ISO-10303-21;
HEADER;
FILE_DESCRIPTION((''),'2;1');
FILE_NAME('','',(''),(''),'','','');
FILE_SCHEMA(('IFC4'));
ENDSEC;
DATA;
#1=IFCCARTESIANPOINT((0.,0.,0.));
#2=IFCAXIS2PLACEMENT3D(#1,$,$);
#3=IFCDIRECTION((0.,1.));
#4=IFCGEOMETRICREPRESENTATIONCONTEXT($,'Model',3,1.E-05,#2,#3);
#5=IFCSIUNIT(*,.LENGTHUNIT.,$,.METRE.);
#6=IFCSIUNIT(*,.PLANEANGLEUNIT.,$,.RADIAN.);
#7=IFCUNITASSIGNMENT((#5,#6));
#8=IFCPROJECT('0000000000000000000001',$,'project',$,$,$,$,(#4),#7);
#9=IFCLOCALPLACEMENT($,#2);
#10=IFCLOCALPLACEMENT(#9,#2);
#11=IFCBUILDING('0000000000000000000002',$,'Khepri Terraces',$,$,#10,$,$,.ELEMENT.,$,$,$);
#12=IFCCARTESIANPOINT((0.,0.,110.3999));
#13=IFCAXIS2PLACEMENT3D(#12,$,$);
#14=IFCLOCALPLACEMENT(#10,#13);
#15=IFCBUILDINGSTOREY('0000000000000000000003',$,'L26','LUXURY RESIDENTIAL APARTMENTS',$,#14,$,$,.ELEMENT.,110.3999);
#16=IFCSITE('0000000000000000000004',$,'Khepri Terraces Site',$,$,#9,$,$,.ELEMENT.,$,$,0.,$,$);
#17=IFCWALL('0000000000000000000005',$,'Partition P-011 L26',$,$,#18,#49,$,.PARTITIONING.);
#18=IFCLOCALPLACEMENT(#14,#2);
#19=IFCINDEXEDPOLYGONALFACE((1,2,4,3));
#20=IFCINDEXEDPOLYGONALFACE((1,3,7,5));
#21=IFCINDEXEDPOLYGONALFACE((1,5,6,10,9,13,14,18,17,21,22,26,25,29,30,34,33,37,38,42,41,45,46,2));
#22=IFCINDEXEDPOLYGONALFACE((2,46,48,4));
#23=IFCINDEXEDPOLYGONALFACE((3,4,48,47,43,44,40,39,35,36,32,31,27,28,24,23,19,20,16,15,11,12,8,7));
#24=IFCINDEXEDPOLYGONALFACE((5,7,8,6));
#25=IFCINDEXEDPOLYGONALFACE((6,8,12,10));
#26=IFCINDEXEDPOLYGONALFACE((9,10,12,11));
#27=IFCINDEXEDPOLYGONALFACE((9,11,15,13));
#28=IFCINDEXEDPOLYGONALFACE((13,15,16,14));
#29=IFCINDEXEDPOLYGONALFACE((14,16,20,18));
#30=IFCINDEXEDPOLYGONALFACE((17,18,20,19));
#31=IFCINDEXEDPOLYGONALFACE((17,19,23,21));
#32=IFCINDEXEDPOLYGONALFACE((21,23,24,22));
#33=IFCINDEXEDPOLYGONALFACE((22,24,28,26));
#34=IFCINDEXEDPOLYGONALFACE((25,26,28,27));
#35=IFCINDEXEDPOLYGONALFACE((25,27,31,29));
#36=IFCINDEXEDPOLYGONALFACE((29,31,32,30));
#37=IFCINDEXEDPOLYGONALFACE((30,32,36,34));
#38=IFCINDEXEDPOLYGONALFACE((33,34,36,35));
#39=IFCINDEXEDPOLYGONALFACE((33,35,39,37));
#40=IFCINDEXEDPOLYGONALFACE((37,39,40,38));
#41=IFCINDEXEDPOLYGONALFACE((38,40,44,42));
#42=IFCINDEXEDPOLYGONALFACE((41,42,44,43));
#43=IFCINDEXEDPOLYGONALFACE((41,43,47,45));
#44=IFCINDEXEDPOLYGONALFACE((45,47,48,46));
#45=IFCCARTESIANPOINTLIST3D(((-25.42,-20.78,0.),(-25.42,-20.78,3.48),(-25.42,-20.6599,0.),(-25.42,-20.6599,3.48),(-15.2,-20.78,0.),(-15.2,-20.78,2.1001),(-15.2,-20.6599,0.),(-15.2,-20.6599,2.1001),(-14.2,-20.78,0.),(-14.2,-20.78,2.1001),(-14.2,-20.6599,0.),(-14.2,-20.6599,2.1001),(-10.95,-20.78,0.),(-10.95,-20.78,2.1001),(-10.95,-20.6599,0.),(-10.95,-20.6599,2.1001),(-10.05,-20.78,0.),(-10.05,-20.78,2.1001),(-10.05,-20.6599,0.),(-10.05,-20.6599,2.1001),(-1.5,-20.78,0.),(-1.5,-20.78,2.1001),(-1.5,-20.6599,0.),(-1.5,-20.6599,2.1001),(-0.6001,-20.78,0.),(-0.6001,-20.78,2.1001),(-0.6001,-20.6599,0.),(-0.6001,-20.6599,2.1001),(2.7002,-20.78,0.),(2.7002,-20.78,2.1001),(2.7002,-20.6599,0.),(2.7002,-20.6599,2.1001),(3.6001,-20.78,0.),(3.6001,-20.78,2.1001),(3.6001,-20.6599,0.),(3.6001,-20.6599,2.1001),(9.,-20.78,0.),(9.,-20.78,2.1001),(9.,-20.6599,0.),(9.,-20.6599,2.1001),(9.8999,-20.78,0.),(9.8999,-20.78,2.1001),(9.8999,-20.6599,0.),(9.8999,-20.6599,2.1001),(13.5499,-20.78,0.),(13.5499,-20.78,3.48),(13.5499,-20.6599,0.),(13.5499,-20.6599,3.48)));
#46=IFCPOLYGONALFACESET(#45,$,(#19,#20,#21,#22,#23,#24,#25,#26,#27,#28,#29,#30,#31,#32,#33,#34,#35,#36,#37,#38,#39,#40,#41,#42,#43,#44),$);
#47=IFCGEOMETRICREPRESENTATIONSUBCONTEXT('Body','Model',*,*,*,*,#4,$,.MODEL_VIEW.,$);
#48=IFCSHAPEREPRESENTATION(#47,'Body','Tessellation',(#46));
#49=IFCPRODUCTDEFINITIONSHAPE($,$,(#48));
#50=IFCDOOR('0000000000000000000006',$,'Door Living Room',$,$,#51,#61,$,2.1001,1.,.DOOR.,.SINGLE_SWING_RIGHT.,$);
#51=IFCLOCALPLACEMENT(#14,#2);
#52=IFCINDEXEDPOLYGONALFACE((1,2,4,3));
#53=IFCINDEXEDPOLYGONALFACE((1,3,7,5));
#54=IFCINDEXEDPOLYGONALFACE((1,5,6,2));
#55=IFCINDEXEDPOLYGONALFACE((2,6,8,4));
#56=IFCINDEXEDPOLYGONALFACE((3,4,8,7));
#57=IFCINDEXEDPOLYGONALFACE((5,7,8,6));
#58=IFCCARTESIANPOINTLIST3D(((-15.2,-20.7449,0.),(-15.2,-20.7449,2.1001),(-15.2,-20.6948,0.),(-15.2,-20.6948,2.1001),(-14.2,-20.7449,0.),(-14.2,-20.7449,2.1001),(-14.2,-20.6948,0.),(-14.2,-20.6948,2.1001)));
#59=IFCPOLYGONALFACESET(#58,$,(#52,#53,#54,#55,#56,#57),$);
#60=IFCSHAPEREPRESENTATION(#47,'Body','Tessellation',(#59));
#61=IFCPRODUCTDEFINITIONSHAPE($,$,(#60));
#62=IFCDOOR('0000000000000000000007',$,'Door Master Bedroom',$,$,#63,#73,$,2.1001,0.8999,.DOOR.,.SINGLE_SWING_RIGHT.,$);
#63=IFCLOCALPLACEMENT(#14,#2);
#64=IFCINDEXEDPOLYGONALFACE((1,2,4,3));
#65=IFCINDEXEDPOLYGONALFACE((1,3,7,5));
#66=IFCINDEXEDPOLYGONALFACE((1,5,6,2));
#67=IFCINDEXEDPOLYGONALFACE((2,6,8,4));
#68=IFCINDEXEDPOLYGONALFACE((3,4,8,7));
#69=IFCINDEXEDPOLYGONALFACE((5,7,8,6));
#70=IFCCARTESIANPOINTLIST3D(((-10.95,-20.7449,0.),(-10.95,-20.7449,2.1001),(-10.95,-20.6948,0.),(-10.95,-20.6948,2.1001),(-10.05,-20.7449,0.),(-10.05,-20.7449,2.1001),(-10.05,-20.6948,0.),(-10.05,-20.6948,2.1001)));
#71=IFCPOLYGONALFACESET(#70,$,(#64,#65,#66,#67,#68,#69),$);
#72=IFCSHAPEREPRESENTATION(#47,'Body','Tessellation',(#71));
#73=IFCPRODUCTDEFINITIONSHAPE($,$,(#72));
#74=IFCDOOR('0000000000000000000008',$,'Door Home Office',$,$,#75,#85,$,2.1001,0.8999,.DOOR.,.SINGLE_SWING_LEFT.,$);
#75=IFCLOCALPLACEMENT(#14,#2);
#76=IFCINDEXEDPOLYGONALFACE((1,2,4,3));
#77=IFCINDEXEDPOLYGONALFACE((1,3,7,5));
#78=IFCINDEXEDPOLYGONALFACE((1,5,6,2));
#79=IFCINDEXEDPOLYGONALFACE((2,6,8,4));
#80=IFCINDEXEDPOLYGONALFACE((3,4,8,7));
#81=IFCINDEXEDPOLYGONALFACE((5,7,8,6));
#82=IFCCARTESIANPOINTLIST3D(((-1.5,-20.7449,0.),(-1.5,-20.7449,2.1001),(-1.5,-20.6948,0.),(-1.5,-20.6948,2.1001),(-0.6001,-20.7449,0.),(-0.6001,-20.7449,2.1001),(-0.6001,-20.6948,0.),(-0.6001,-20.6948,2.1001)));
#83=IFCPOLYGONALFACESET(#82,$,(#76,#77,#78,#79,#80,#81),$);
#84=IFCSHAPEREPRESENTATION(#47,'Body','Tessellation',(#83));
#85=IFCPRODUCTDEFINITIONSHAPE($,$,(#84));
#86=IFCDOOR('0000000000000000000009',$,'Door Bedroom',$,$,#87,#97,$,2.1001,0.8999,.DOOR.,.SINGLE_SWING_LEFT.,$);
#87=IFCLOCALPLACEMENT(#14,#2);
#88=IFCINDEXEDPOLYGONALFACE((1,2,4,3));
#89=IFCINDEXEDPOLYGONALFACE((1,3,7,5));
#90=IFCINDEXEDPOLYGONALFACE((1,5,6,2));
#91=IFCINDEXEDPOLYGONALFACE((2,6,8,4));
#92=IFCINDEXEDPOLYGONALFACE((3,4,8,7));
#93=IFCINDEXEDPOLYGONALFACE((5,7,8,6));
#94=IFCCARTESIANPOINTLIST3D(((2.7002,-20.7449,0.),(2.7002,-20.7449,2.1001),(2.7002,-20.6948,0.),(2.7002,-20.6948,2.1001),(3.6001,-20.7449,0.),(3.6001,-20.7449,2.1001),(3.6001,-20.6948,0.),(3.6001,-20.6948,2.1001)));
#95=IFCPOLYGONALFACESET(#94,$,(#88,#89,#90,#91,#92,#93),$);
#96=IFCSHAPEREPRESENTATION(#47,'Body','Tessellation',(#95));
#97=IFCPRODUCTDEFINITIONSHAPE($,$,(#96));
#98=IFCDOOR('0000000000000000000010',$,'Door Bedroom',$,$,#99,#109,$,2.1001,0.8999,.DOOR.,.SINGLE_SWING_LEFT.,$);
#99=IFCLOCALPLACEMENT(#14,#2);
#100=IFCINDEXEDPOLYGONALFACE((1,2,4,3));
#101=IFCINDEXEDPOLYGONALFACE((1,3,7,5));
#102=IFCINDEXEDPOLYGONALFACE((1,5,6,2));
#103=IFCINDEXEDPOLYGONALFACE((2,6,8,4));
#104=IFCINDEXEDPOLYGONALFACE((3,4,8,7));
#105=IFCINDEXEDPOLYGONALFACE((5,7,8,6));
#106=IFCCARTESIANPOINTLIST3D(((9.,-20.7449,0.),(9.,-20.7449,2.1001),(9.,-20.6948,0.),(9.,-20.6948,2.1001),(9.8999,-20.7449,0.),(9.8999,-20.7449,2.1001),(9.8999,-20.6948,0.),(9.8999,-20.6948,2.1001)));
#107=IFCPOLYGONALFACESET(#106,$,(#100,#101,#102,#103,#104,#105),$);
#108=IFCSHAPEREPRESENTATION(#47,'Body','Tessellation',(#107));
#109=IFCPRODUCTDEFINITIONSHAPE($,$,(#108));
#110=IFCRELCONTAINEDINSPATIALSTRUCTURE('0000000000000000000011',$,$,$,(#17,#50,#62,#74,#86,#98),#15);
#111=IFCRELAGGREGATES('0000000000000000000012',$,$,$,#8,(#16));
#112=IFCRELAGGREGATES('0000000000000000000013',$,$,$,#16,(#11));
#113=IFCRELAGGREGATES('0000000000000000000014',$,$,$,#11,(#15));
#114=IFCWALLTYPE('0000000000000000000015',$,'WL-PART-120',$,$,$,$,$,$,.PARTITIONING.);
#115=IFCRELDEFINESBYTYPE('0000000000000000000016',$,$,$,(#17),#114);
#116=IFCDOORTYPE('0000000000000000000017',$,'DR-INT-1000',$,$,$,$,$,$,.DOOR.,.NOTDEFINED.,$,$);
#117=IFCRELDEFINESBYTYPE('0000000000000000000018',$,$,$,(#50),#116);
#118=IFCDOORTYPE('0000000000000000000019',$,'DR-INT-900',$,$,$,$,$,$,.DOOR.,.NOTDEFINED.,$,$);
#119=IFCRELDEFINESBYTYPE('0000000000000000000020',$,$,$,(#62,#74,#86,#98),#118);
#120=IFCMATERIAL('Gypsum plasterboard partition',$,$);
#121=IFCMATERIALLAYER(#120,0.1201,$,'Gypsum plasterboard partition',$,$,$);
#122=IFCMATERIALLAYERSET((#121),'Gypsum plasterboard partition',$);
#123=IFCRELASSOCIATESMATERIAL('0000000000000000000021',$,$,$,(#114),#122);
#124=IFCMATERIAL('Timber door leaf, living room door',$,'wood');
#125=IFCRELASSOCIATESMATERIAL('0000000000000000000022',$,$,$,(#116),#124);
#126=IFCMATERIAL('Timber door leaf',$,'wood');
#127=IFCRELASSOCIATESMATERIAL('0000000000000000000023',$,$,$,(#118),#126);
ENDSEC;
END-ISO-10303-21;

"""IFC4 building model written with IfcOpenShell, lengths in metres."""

from ifc_helpers import new_model, si_unit, direction, frame, frame_2d, origin, place, context, subcontext, project, spatial, rectangle, extrude, material, layer, layer_set, type_object, element, fill, save


model = new_model("IFC4")

# Units and contexts
model_context = context("Model", 3, precision=1e-05, world=origin(), true_north=direction((0.0, 1.0)))
body_context = subcontext(model_context, "Body", "Model", "MODEL_VIEW")
ifc_project = project(units=[si_unit("LENGTHUNIT", "METRE"), si_unit("PLANEANGLEUNIT", "RADIAN")], contexts=[model_context])

# Site, building, storey
site_placement = place(None, origin())
site = spatial("IfcSite", under=ifc_project, at=site_placement, Name="Khepri Terraces Site", CompositionType="ELEMENT", RefElevation=0.0)
building_placement = place(site_placement, origin())
building = spatial("IfcBuilding", under=site, at=building_placement, Name="Khepri Terraces", CompositionType="ELEMENT")
storey_placement = place(building_placement, frame((0.0, 0.0, 110.3999)))
storey = spatial("IfcBuildingStorey", under=building, at=storey_placement, Name="L26", Description="LUXURY RESIDENTIAL APARTMENTS", CompositionType="ELEMENT", Elevation=110.3999)

# Wall, openings, doors
ifc_material_1 = material(Name="Gypsum plasterboard partition")
ifc_layer_1 = layer(ifc_material_1, 0.1201, Name="Gypsum plasterboard partition")
ifc_layer_set_1 = layer_set([ifc_layer_1], Name="Gypsum plasterboard partition")
wall_type_1 = type_object("IfcWallType", Name="WL-PART-120", PredefinedType="PARTITIONING", material=ifc_layer_set_1)
wall_1_placement = place(storey_placement, frame((-25.4199, -20.72, 0.0), z_axis=(0.0, 0.0, 1.0), x_axis=(1.0, 0.0, 0.0)))
wall_1 = element("IfcWall", 1, at=wall_1_placement, inside=storey, type_object=wall_type_1, Name="Partition P-011 L26", PredefinedType="PARTITIONING", context=body_context, shape_type="SweptSolid", body=[
    extrude(rectangle(XDim=38.97, YDim=0.1201, at=frame_2d((19.4849, 0.0))), origin(), (0.0, 0.0, 1.0), 3.48),
])
opening_1_placement = place(wall_1_placement, frame((10.22, 0.0, 0.0)))
opening_1 = element("IfcOpeningElement", 2, at=opening_1_placement, cuts=wall_1, PredefinedType="OPENING", context=body_context, shape_type="SweptSolid", body=[
    extrude(rectangle(XDim=1.0, YDim=2.1001, at=frame_2d((0.5, 1.05))), frame((0.0, 0.0701, 0.0), z_axis=(0.0, -1.0, 0.0), x_axis=(1.0, 0.0, 0.0)), (0.0, 0.0, 1.0), 0.1401),
])
opening_2_placement = place(wall_1_placement, frame((14.47, 0.0, 0.0)))
opening_2 = element("IfcOpeningElement", 3, at=opening_2_placement, cuts=wall_1, PredefinedType="OPENING", context=body_context, shape_type="SweptSolid", body=[
    extrude(rectangle(XDim=0.8999, YDim=2.1001, at=frame_2d((0.45, 1.05))), frame((0.0, 0.0701, 0.0), z_axis=(0.0, -1.0, 0.0), x_axis=(1.0, 0.0, 0.0)), (0.0, 0.0, 1.0), 0.1401),
])
opening_3_placement = place(wall_1_placement, frame((23.9199, 0.0, 0.0)))
opening_3 = element("IfcOpeningElement", 4, at=opening_3_placement, cuts=wall_1, PredefinedType="OPENING", context=body_context, shape_type="SweptSolid", body=[
    extrude(rectangle(XDim=0.8999, YDim=2.1001, at=frame_2d((0.45, 1.05))), frame((0.0, 0.0701, 0.0), z_axis=(0.0, -1.0, 0.0), x_axis=(1.0, 0.0, 0.0)), (0.0, 0.0, 1.0), 0.1401),
])
opening_4_placement = place(wall_1_placement, frame((28.1201, 0.0, 0.0)))
opening_4 = element("IfcOpeningElement", 5, at=opening_4_placement, cuts=wall_1, PredefinedType="OPENING", context=body_context, shape_type="SweptSolid", body=[
    extrude(rectangle(XDim=0.8999, YDim=2.1001, at=frame_2d((0.45, 1.05))), frame((0.0, 0.0701, 0.0), z_axis=(0.0, -1.0, 0.0), x_axis=(1.0, 0.0, 0.0)), (0.0, 0.0, 1.0), 0.1401),
])
opening_5_placement = place(wall_1_placement, frame((34.4199, 0.0, 0.0)))
opening_5 = element("IfcOpeningElement", 6, at=opening_5_placement, cuts=wall_1, PredefinedType="OPENING", context=body_context, shape_type="SweptSolid", body=[
    extrude(rectangle(XDim=0.8999, YDim=2.1001, at=frame_2d((0.45, 1.05))), frame((0.0, 0.0701, 0.0), z_axis=(0.0, -1.0, 0.0), x_axis=(1.0, 0.0, 0.0)), (0.0, 0.0, 1.0), 0.1401),
])
ifc_material_2 = material(Name="Timber door leaf, living room door", Category="wood")
door_type_1 = type_object("IfcDoorType", Name="DR-INT-1000", OperationType="NOTDEFINED", PredefinedType="DOOR", material=ifc_material_2)
door_1_placement = place(opening_1_placement, frame((1.0, 0.0, 0.0), z_axis=(0.0, 0.0, 1.0), x_axis=(-1.0, 0.0, 0.0)))
door_1 = element("IfcDoor", 7, at=door_1_placement, inside=storey, type_object=door_type_1, Name="Door Living Room", OperationType="SINGLE_SWING_RIGHT", OverallHeight=2.1001, OverallWidth=1.0, PredefinedType="DOOR", context=body_context, shape_type="SweptSolid", body=[
    extrude(rectangle(XDim=1.0, YDim=2.1001, at=frame_2d((0.5, 1.05))), frame((0.0, 0.0249, 0.0), z_axis=(0.0, -1.0, 0.0), x_axis=(1.0, 0.0, 0.0)), (0.0, 0.0, 1.0), 0.05),
])
fill(opening_1, door_1)
ifc_material_3 = material(Name="Timber door leaf", Category="wood")
door_type_2 = type_object("IfcDoorType", Name="DR-INT-900", OperationType="NOTDEFINED", PredefinedType="DOOR", material=ifc_material_3)
door_2_placement = place(opening_2_placement, frame((0.8999, 0.0, 0.0), z_axis=(0.0, 0.0, 1.0), x_axis=(-1.0, 0.0, 0.0)))
door_2 = element("IfcDoor", 8, at=door_2_placement, inside=storey, type_object=door_type_2, Name="Door Master Bedroom", OperationType="SINGLE_SWING_RIGHT", OverallHeight=2.1001, OverallWidth=0.8999, PredefinedType="DOOR", context=body_context, shape_type="SweptSolid", body=[
    extrude(rectangle(XDim=0.8999, YDim=2.1001, at=frame_2d((0.45, 1.05))), frame((0.0, 0.0249, 0.0), z_axis=(0.0, -1.0, 0.0), x_axis=(1.0, 0.0, 0.0)), (0.0, 0.0, 1.0), 0.05),
])
fill(opening_2, door_2)
door_3_placement = place(opening_3_placement, frame((0.8999, 0.0, 0.0), z_axis=(0.0, 0.0, 1.0), x_axis=(-1.0, 0.0, 0.0)))
door_3 = element("IfcDoor", 9, at=door_3_placement, inside=storey, type_object=door_type_2, Name="Door Home Office", OperationType="SINGLE_SWING_LEFT", OverallHeight=2.1001, OverallWidth=0.8999, PredefinedType="DOOR", context=body_context, shape_type="SweptSolid", body=[
    extrude(rectangle(XDim=0.8999, YDim=2.1001, at=frame_2d((0.45, 1.05))), frame((0.0, 0.0249, 0.0), z_axis=(0.0, -1.0, 0.0), x_axis=(1.0, 0.0, 0.0)), (0.0, 0.0, 1.0), 0.05),
])
fill(opening_3, door_3)
door_4_placement = place(opening_4_placement, frame((0.8999, 0.0, 0.0), z_axis=(0.0, 0.0, 1.0), x_axis=(-1.0, 0.0, 0.0)))
door_4 = element("IfcDoor", 10, at=door_4_placement, inside=storey, type_object=door_type_2, Name="Door Bedroom", OperationType="SINGLE_SWING_LEFT", OverallHeight=2.1001, OverallWidth=0.8999, PredefinedType="DOOR", context=body_context, shape_type="SweptSolid", body=[
    extrude(rectangle(XDim=0.8999, YDim=2.1001, at=frame_2d((0.45, 1.05))), frame((0.0, 0.0249, 0.0), z_axis=(0.0, -1.0, 0.0), x_axis=(1.0, 0.0, 0.0)), (0.0, 0.0, 1.0), 0.05),
])
fill(opening_4, door_4)
door_5_placement = place(opening_5_placement, frame((0.8999, 0.0, 0.0), z_axis=(0.0, 0.0, 1.0), x_axis=(-1.0, 0.0, 0.0)))
door_5 = element("IfcDoor", 11, at=door_5_placement, inside=storey, type_object=door_type_2, Name="Door Bedroom", OperationType="SINGLE_SWING_LEFT", OverallHeight=2.1001, OverallWidth=0.8999, PredefinedType="DOOR", context=body_context, shape_type="SweptSolid", body=[
    extrude(rectangle(XDim=0.8999, YDim=2.1001, at=frame_2d((0.45, 1.05))), frame((0.0, 0.0249, 0.0), z_axis=(0.0, -1.0, 0.0), x_axis=(1.0, 0.0, 0.0)), (0.0, 0.0, 1.0), 0.05),
])
fill(opening_5, door_5)

save(model, "model.ifc")
